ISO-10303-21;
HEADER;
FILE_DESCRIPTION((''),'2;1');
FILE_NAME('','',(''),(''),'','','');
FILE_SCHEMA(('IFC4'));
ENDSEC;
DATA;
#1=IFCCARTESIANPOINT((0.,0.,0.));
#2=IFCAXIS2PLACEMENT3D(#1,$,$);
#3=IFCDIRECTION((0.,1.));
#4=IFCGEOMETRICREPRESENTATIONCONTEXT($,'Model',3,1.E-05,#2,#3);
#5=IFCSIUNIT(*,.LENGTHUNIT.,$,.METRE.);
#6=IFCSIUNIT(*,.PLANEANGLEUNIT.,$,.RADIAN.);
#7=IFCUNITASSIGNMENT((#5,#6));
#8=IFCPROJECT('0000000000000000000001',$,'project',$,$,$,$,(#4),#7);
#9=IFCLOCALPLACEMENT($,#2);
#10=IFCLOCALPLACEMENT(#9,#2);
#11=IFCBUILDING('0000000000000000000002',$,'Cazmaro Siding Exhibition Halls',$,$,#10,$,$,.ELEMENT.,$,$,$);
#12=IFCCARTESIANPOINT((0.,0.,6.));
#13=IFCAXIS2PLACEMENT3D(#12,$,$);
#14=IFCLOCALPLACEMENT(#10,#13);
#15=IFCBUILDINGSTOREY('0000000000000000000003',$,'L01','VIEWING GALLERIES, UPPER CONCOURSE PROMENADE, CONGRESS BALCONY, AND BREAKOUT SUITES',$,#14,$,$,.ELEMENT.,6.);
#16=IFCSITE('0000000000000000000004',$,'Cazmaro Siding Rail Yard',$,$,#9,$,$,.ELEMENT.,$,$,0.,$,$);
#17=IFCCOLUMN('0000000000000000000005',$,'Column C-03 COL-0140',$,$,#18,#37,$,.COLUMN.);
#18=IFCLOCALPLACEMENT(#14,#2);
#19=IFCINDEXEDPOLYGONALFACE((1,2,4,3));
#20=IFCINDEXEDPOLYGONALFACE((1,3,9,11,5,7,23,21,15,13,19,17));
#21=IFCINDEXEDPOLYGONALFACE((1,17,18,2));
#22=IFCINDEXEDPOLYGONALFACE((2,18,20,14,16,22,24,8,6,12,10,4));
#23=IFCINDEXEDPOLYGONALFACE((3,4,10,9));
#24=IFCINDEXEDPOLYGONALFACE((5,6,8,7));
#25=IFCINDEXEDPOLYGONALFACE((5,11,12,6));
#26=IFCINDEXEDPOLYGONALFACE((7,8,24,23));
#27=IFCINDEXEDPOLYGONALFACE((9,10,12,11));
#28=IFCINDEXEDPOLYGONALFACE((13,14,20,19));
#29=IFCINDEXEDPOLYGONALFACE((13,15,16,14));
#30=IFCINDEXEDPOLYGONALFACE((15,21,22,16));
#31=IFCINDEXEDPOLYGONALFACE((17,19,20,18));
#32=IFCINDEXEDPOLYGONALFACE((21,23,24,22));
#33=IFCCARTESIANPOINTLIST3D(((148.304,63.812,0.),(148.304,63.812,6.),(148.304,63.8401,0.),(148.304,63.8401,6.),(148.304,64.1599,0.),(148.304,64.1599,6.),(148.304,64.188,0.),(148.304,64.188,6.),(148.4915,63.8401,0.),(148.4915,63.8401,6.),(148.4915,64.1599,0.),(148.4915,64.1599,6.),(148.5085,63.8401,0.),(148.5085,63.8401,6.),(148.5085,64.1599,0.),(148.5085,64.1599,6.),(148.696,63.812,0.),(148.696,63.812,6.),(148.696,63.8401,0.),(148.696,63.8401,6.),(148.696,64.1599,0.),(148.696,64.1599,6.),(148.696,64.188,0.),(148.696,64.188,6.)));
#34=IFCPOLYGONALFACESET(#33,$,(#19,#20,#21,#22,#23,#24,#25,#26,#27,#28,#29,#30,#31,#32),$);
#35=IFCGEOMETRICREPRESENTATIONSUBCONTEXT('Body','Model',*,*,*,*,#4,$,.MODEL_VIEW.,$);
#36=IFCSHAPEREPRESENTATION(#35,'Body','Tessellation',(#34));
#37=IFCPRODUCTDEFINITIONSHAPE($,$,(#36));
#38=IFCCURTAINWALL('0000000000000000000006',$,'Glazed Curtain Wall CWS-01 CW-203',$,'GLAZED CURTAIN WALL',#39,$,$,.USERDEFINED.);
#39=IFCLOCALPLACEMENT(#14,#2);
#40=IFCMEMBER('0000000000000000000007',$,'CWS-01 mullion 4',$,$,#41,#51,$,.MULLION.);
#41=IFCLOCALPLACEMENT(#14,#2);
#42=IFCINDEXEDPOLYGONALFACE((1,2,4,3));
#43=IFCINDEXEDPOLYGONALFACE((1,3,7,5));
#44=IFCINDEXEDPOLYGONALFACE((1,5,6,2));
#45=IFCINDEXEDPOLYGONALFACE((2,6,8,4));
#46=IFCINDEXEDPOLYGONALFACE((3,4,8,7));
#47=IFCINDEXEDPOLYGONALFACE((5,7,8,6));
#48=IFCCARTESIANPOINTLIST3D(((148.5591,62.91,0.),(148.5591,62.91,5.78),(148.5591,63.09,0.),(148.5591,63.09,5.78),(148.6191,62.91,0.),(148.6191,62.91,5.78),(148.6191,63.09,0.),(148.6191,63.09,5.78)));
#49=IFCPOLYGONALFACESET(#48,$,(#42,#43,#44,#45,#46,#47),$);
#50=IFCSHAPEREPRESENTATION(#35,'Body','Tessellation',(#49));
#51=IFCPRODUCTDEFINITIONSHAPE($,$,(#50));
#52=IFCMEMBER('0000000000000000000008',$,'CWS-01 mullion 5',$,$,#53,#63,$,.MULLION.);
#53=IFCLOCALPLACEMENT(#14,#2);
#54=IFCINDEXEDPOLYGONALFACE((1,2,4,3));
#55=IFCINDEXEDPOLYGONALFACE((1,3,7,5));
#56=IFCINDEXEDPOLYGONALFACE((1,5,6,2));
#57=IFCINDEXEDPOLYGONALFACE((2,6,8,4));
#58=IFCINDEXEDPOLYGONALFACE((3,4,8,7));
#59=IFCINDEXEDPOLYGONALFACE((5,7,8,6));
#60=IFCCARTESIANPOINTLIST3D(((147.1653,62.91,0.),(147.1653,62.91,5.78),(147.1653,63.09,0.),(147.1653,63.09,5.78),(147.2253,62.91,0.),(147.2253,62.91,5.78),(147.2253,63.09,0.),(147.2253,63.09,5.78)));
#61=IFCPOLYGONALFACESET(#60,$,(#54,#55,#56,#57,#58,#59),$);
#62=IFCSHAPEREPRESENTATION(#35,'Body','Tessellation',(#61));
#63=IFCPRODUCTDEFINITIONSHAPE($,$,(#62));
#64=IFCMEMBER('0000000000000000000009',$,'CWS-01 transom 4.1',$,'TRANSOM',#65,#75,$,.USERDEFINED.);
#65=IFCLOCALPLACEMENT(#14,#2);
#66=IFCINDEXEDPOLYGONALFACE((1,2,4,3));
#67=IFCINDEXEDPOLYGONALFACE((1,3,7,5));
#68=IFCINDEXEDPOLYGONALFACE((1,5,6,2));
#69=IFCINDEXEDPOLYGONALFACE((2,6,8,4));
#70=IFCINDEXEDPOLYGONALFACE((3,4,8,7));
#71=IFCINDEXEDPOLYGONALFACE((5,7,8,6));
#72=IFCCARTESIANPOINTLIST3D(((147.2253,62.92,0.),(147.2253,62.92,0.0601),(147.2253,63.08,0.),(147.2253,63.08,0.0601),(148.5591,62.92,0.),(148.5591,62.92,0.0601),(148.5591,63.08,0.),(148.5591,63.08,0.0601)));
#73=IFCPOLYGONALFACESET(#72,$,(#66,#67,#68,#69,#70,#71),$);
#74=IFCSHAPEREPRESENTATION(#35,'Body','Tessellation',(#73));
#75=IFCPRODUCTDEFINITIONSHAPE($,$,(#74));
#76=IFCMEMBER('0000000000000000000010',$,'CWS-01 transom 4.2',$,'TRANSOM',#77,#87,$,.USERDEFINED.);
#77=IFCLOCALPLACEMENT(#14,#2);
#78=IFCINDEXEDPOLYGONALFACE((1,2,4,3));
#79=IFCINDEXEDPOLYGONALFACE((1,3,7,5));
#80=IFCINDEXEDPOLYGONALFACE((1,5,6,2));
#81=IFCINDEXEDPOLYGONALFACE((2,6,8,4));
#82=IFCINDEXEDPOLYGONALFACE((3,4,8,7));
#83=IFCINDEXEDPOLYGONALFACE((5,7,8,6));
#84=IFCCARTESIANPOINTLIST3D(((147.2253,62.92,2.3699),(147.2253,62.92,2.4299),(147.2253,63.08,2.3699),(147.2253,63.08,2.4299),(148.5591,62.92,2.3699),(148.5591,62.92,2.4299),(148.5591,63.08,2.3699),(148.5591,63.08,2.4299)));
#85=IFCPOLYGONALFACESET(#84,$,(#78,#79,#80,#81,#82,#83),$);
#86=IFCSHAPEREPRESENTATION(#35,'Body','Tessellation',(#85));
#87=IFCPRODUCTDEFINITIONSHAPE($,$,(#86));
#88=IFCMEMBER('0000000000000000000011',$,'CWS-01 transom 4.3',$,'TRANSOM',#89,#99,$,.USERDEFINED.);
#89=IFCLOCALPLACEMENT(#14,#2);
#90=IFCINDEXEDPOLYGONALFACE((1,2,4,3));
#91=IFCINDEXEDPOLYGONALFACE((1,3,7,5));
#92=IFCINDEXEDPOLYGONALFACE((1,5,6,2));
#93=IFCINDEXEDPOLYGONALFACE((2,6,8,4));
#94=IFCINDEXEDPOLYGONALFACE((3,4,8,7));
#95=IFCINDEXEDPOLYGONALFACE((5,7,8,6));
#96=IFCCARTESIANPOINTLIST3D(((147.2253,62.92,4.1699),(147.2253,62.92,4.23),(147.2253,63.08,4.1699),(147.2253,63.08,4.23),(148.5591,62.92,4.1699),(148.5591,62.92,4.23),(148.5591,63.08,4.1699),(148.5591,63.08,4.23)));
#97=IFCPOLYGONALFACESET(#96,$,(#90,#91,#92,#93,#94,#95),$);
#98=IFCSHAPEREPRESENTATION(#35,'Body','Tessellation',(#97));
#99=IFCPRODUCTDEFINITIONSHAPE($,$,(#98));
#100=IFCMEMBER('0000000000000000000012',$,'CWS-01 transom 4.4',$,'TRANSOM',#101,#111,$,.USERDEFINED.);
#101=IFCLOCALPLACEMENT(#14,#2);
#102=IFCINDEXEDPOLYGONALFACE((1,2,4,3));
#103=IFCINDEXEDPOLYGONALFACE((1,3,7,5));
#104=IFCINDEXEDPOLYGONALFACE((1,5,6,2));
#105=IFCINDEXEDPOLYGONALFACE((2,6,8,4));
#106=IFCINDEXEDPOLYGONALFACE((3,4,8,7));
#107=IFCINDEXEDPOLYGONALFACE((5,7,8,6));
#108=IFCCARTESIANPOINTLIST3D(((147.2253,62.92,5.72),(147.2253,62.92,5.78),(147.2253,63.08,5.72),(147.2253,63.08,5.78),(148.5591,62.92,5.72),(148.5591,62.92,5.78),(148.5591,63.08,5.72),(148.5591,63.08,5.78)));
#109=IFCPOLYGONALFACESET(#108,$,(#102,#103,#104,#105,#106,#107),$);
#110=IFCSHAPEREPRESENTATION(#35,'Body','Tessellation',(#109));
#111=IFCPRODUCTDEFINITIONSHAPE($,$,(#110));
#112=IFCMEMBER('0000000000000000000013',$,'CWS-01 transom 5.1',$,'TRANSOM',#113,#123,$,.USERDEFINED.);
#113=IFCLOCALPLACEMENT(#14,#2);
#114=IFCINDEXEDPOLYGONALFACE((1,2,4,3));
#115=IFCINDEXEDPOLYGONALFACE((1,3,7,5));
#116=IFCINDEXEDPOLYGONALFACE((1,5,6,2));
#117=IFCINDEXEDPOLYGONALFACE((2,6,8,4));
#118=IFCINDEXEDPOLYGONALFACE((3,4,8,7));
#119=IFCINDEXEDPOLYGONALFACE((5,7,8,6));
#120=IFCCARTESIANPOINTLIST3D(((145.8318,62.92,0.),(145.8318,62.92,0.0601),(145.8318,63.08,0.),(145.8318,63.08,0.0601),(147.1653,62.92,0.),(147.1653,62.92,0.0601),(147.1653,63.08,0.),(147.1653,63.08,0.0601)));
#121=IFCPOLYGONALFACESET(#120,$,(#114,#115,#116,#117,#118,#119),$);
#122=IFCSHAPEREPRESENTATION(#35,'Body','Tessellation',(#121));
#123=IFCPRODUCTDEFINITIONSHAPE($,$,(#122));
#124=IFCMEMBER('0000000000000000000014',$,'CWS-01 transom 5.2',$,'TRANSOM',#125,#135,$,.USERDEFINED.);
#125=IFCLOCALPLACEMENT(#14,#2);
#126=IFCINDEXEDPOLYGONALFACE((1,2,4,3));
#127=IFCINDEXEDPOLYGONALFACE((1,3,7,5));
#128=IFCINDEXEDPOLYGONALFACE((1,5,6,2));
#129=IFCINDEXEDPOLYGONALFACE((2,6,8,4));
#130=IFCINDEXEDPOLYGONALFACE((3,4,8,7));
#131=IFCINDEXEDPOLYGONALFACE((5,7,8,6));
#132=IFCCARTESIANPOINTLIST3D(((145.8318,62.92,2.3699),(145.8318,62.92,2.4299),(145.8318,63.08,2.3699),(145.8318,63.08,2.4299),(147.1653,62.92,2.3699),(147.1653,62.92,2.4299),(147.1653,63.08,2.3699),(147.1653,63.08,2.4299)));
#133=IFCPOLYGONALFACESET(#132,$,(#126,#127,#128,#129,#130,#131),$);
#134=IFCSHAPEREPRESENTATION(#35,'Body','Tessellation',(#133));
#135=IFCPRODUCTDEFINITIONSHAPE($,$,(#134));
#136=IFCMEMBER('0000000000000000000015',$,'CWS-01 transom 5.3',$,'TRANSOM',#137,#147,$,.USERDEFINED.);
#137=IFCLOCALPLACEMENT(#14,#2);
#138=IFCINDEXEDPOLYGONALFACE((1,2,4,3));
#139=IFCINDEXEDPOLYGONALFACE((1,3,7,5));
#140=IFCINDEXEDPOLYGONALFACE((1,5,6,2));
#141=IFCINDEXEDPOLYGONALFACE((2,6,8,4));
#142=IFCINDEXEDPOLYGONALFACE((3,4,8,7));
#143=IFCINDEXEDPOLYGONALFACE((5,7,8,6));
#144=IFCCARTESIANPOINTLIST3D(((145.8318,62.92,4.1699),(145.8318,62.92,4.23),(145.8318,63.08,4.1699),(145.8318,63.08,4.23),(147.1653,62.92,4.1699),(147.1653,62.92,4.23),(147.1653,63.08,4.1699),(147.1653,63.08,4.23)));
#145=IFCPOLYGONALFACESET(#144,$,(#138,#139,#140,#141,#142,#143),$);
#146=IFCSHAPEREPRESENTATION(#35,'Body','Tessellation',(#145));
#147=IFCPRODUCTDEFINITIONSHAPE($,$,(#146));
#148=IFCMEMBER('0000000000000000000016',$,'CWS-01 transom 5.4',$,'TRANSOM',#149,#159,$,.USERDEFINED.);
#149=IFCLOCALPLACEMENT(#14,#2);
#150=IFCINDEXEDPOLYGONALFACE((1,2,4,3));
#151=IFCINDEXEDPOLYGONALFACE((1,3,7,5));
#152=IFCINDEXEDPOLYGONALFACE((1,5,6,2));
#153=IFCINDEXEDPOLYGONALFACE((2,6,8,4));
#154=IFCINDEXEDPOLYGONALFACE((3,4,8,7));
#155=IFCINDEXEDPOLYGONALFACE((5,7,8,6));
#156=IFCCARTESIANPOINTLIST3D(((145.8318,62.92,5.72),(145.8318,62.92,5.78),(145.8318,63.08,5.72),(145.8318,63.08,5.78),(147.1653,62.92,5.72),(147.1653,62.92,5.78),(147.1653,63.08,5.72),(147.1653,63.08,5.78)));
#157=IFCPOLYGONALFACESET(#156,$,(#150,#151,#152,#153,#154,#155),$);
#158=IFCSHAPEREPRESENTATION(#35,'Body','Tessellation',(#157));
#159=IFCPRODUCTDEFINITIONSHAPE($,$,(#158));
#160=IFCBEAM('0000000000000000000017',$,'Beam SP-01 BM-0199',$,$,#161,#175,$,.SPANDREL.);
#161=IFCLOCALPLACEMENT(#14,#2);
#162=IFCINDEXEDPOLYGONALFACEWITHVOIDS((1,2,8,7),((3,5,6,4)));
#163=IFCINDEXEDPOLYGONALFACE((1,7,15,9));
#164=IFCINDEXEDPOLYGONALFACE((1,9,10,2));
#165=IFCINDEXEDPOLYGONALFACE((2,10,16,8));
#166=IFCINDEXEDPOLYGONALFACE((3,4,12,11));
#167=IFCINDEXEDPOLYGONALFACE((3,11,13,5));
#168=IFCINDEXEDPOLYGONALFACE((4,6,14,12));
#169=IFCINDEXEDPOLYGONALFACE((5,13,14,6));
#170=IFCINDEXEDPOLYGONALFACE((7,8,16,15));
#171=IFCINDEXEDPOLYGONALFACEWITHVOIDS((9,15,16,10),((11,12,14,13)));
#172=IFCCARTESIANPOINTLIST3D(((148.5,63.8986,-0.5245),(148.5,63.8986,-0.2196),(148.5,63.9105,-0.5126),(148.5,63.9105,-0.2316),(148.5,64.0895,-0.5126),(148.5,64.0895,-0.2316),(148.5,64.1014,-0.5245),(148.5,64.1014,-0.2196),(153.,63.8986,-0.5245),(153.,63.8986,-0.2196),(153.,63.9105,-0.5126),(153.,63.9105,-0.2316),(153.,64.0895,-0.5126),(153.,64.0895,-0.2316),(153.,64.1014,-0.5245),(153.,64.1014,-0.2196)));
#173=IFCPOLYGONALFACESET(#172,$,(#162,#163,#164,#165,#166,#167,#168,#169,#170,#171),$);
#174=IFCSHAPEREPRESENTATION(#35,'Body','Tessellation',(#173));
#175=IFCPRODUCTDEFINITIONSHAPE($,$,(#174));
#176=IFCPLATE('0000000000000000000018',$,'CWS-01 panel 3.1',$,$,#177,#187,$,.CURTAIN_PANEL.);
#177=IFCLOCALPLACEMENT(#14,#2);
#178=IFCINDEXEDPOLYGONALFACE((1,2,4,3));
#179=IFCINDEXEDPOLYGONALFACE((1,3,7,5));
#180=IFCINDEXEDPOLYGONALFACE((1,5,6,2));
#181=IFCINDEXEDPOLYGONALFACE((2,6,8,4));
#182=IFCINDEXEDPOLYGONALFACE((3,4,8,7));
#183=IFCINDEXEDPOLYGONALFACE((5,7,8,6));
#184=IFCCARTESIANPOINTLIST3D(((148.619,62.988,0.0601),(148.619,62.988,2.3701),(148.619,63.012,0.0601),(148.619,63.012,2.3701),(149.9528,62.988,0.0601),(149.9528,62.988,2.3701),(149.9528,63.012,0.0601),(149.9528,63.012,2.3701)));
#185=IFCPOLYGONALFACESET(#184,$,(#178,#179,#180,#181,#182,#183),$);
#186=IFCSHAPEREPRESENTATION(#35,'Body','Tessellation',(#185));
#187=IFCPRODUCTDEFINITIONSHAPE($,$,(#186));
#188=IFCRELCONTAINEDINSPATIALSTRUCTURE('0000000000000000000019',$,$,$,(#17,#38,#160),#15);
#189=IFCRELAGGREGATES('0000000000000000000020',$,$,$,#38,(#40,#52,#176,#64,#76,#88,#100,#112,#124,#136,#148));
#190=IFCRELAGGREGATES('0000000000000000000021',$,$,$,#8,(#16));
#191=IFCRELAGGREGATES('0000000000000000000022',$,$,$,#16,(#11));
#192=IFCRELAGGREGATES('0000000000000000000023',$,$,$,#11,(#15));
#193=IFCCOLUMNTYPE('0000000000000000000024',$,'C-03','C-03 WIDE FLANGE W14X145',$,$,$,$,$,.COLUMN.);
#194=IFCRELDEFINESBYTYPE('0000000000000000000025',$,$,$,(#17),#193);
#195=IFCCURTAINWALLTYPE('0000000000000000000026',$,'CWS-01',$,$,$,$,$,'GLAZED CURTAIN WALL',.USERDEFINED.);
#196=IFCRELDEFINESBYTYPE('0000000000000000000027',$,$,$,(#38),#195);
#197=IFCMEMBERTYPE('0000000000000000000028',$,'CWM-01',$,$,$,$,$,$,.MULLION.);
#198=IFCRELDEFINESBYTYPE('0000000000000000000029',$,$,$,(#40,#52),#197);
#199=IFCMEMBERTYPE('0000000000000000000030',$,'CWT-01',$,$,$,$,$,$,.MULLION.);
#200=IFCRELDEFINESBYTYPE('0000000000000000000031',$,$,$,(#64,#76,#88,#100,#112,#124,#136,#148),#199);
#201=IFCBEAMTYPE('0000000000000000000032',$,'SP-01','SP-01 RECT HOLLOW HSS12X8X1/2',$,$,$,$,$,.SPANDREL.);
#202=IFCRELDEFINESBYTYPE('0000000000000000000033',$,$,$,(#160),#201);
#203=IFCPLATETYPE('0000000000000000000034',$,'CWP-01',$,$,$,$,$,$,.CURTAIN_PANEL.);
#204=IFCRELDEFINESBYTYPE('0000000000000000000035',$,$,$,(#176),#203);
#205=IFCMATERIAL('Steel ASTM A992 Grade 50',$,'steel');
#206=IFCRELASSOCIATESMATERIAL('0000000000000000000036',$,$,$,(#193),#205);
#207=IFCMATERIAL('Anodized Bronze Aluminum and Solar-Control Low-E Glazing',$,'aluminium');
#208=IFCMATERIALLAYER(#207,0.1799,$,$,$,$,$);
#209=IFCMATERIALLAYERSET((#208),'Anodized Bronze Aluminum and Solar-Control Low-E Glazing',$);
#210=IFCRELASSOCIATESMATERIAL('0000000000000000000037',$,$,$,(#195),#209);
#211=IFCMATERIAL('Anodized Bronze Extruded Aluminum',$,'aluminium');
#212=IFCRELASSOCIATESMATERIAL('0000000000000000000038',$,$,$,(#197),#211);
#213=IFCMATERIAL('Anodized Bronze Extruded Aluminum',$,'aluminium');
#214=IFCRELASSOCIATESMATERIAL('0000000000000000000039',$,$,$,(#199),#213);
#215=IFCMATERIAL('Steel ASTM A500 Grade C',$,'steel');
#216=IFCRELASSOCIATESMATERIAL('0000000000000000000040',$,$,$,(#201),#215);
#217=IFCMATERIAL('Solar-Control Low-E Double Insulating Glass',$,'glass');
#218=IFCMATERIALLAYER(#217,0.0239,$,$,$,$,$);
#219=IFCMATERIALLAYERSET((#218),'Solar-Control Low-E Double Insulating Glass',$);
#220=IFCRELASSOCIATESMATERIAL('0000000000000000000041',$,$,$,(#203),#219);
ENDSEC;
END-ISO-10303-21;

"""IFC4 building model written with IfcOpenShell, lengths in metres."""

from ifc_helpers import new_model, si_unit, direction, frame, origin, origin_2d, place, context, subcontext, project, spatial, rectangle, hollow_rectangle, i_section, extrude, material, layer, layer_set, material_profile, profile_set, type_object, element, aggregate, save


model = new_model("IFC4")

# Units and contexts
model_context = context("Model", 3, precision=1e-05, world=origin(), true_north=direction((0.0, 1.0)))
body_context = subcontext(model_context, "Body", "Model", "MODEL_VIEW")
ifc_project = project(units=[si_unit("LENGTHUNIT", "METRE"), si_unit("PLANEANGLEUNIT", "RADIAN")], contexts=[model_context])

# Site, building, storey
site_placement = place(None, origin())
site = spatial("IfcSite", under=ifc_project, at=site_placement, Name="Cazmaro Siding Rail Yard", CompositionType="ELEMENT", RefElevation=0.0)
building_placement = place(site_placement, origin())
building = spatial("IfcBuilding", under=site, at=building_placement, Name="Cazmaro Siding Exhibition Halls", CompositionType="ELEMENT")
storey_placement = place(building_placement, frame((0.0, 0.0, 6.0)))
storey = spatial("IfcBuildingStorey", under=building, at=storey_placement, Name="L01", Description="VIEWING GALLERIES, UPPER CONCOURSE PROMENADE, CONGRESS BALCONY, AND BREAKOUT SUITES", CompositionType="ELEMENT", Elevation=6.0)

# Column
ifc_material_1 = material(Name="Steel ASTM A992 Grade 50", Category="steel")
ifc_material_profile_1 = material_profile(ifc_material_1, i_section(OverallWidth=0.3921, OverallDepth=0.376, WebThickness=0.0171, FlangeThickness=0.0281, at=origin_2d()), Name="W14X145")
ifc_profile_set_1 = profile_set([ifc_material_profile_1], Name="Steel ASTM A992 Grade 50")
column_type = type_object("IfcColumnType", Name="C-03", Description="C-03 WIDE FLANGE W14X145", PredefinedType="COLUMN", material=ifc_profile_set_1)
column_placement = place(storey_placement, frame((148.5, 64.0, 0.0), z_axis=(0.0, 0.0, 1.0), x_axis=(1.0, 0.0, 0.0)))
element("IfcColumn", 1, at=column_placement, inside=storey, type_object=column_type, Name="Column C-03 COL-0140", PredefinedType="COLUMN", context=body_context, shape_type="SweptSolid", body=[
    extrude(i_section(OverallWidth=0.3921, OverallDepth=0.376, WebThickness=0.0171, FlangeThickness=0.0281, at=origin_2d()), origin(), (0.0, 0.0, 1.0), 6.0),
])

# Curtain wall, members
ifc_material_2 = material(Name="Anodized Bronze Aluminum and Solar-Control Low-E Glazing", Category="aluminium")
ifc_layer_1 = layer(ifc_material_2, 0.1799)
ifc_layer_set_1 = layer_set([ifc_layer_1], Name="Anodized Bronze Aluminum and Solar-Control Low-E Glazing")
curtain_wall_type = type_object("IfcCurtainWallType", Name="CWS-01", ElementType="GLAZED CURTAIN WALL", PredefinedType="USERDEFINED", material=ifc_layer_set_1)
curtain_wall_placement = place(storey_placement, origin())
curtain_wall = element("IfcCurtainWall", 2, at=curtain_wall_placement, inside=storey, type_object=curtain_wall_type, Name="Glazed Curtain Wall CWS-01 CW-203", ObjectType="GLAZED CURTAIN WALL", PredefinedType="USERDEFINED")
ifc_material_3 = material(Name="Anodized Bronze Extruded Aluminum", Category="aluminium")
ifc_material_profile_2 = material_profile(ifc_material_3, rectangle(XDim=0.1799, YDim=0.0601, at=origin_2d()), Name="CWM-01")
ifc_profile_set_2 = profile_set([ifc_material_profile_2], Name="Anodized Bronze Extruded Aluminum")
member_type_1 = type_object("IfcMemberType", Name="CWM-01", PredefinedType="MULLION", material=ifc_profile_set_2)
member_1_placement = place(storey_placement, frame((148.5891, 63.0, 0.0), z_axis=(0.0, 0.0, 1.0), x_axis=(0.0, -1.0, 0.0)))
member_1 = element("IfcMember", 3, at=member_1_placement, type_object=member_type_1, Name="CWS-01 mullion 4", PredefinedType="MULLION", context=body_context, shape_type="SweptSolid", body=[
    extrude(rectangle(XDim=0.1799, YDim=0.0601, at=origin_2d()), origin(), (0.0, 0.0, 1.0), 5.78),
])
member_2_placement = place(storey_placement, frame((147.1953, 63.0, 0.0), z_axis=(0.0, 0.0, 1.0), x_axis=(0.0, -1.0, 0.0)))
member_2 = element("IfcMember", 4, at=member_2_placement, type_object=member_type_1, Name="CWS-01 mullion 5", PredefinedType="MULLION", context=body_context, shape_type="SweptSolid", body=[
    extrude(rectangle(XDim=0.1799, YDim=0.0601, at=origin_2d()), origin(), (0.0, 0.0, 1.0), 5.78),
])
ifc_material_4 = material(Name="Anodized Bronze Extruded Aluminum", Category="aluminium")
ifc_material_profile_3 = material_profile(ifc_material_4, rectangle(XDim=0.1599, YDim=0.0601, at=origin_2d()), Name="CWT-01")
ifc_profile_set_3 = profile_set([ifc_material_profile_3], Name="Anodized Bronze Extruded Aluminum")
member_type_2 = type_object("IfcMemberType", Name="CWT-01", PredefinedType="MULLION", material=ifc_profile_set_3)
member_3_placement = place(storey_placement, frame((148.5591, 63.0, 0.03), z_axis=(-1.0, 0.0, 0.0), x_axis=(0.0, -1.0, 0.0)))
member_3 = element("IfcMember", 5, at=member_3_placement, type_object=member_type_2, Name="CWS-01 transom 4.1", ObjectType="TRANSOM", PredefinedType="USERDEFINED", context=body_context, shape_type="SweptSolid", body=[
    extrude(rectangle(XDim=0.1599, YDim=0.0601, at=origin_2d()), origin(), (0.0, 0.0, 1.0), 1.3337),
])
member_4_placement = place(storey_placement, frame((148.5591, 63.0, 2.3999), z_axis=(-1.0, 0.0, 0.0), x_axis=(0.0, -1.0, 0.0)))
member_4 = element("IfcMember", 6, at=member_4_placement, type_object=member_type_2, Name="CWS-01 transom 4.2", ObjectType="TRANSOM", PredefinedType="USERDEFINED", context=body_context, shape_type="SweptSolid", body=[
    extrude(rectangle(XDim=0.1599, YDim=0.0601, at=origin_2d()), origin(), (0.0, 0.0, 1.0), 1.3337),
])
member_5_placement = place(storey_placement, frame((148.5591, 63.0, 4.2), z_axis=(-1.0, 0.0, 0.0), x_axis=(0.0, -1.0, 0.0)))
member_5 = element("IfcMember", 7, at=member_5_placement, type_object=member_type_2, Name="CWS-01 transom 4.3", ObjectType="TRANSOM", PredefinedType="USERDEFINED", context=body_context, shape_type="SweptSolid", body=[
    extrude(rectangle(XDim=0.1599, YDim=0.0601, at=origin_2d()), origin(), (0.0, 0.0, 1.0), 1.3337),
])
member_6_placement = place(storey_placement, frame((148.5591, 63.0, 5.75), z_axis=(-1.0, 0.0, 0.0), x_axis=(0.0, -1.0, 0.0)))
member_6 = element("IfcMember", 8, at=member_6_placement, type_object=member_type_2, Name="CWS-01 transom 4.4", ObjectType="TRANSOM", PredefinedType="USERDEFINED", context=body_context, shape_type="SweptSolid", body=[
    extrude(rectangle(XDim=0.1599, YDim=0.0601, at=origin_2d()), origin(), (0.0, 0.0, 1.0), 1.3337),
])
member_7_placement = place(storey_placement, frame((147.1653, 63.0, 0.03), z_axis=(-1.0, 0.0, 0.0), x_axis=(0.0, -1.0, 0.0)))
member_7 = element("IfcMember", 9, at=member_7_placement, type_object=member_type_2, Name="CWS-01 transom 5.1", ObjectType="TRANSOM", PredefinedType="USERDEFINED", context=body_context, shape_type="SweptSolid", body=[
    extrude(rectangle(XDim=0.1599, YDim=0.0601, at=origin_2d()), origin(), (0.0, 0.0, 1.0), 1.3335),
])
member_8_placement = place(storey_placement, frame((147.1653, 63.0, 2.3999), z_axis=(-1.0, 0.0, 0.0), x_axis=(0.0, -1.0, 0.0)))
member_8 = element("IfcMember", 10, at=member_8_placement, type_object=member_type_2, Name="CWS-01 transom 5.2", ObjectType="TRANSOM", PredefinedType="USERDEFINED", context=body_context, shape_type="SweptSolid", body=[
    extrude(rectangle(XDim=0.1599, YDim=0.0601, at=origin_2d()), origin(), (0.0, 0.0, 1.0), 1.3335),
])
member_9_placement = place(storey_placement, frame((147.1653, 63.0, 4.2), z_axis=(-1.0, 0.0, 0.0), x_axis=(0.0, -1.0, 0.0)))
member_9 = element("IfcMember", 11, at=member_9_placement, type_object=member_type_2, Name="CWS-01 transom 5.3", ObjectType="TRANSOM", PredefinedType="USERDEFINED", context=body_context, shape_type="SweptSolid", body=[
    extrude(rectangle(XDim=0.1599, YDim=0.0601, at=origin_2d()), origin(), (0.0, 0.0, 1.0), 1.3335),
])
member_10_placement = place(storey_placement, frame((147.1653, 63.0, 5.75), z_axis=(-1.0, 0.0, 0.0), x_axis=(0.0, -1.0, 0.0)))
member_10 = element("IfcMember", 12, at=member_10_placement, type_object=member_type_2, Name="CWS-01 transom 5.4", ObjectType="TRANSOM", PredefinedType="USERDEFINED", context=body_context, shape_type="SweptSolid", body=[
    extrude(rectangle(XDim=0.1599, YDim=0.0601, at=origin_2d()), origin(), (0.0, 0.0, 1.0), 1.3335),
])

# Beam
ifc_material_5 = material(Name="Steel ASTM A500 Grade C", Category="steel")
ifc_material_profile_4 = material_profile(ifc_material_5, hollow_rectangle(XDim=0.2029, YDim=0.3049, WallThickness=0.012, at=origin_2d()), Name="HSS12X8X1/2")
ifc_profile_set_4 = profile_set([ifc_material_profile_4], Name="Steel ASTM A500 Grade C")
beam_type = type_object("IfcBeamType", Name="SP-01", Description="SP-01 RECT HOLLOW HSS12X8X1/2", PredefinedType="SPANDREL", material=ifc_profile_set_4)
beam_placement = place(storey_placement, frame((148.5, 64.0, -0.3721), z_axis=(1.0, 0.0, 0.0), x_axis=(0.0, 1.0, 0.0)))
element("IfcBeam", 13, at=beam_placement, inside=storey, type_object=beam_type, Name="Beam SP-01 BM-0199", PredefinedType="SPANDREL", context=body_context, shape_type="SweptSolid", body=[
    extrude(hollow_rectangle(XDim=0.2029, YDim=0.3049, WallThickness=0.012, at=origin_2d()), origin(), (0.0, 0.0, 1.0), 4.5),
])

# Plate
ifc_material_6 = material(Name="Solar-Control Low-E Double Insulating Glass", Category="glass")
ifc_layer_2 = layer(ifc_material_6, 0.0239)
ifc_layer_set_2 = layer_set([ifc_layer_2], Name="Solar-Control Low-E Double Insulating Glass")
plate_type = type_object("IfcPlateType", Name="CWP-01", PredefinedType="CURTAIN_PANEL", material=ifc_layer_set_2)
plate_1_placement = place(storey_placement, frame((149.2859, 63.0, 0.0601), z_axis=(0.0, 0.0, 1.0), x_axis=(-1.0, 0.0, 0.0)))
plate_1 = element("IfcPlate", 14, at=plate_1_placement, type_object=plate_type, Name="CWS-01 panel 3.1", PredefinedType="CURTAIN_PANEL", context=body_context, shape_type="SweptSolid", body=[
    extrude(rectangle(XDim=1.3337, YDim=0.0239, at=origin_2d()), origin(), (0.0, 0.0, 1.0), 2.3101),
])
aggregate(curtain_wall, [member_1, member_2, plate_1, member_3, member_4, member_5, member_6, member_7, member_8, member_9, member_10])

save(model, "model.ifc")
